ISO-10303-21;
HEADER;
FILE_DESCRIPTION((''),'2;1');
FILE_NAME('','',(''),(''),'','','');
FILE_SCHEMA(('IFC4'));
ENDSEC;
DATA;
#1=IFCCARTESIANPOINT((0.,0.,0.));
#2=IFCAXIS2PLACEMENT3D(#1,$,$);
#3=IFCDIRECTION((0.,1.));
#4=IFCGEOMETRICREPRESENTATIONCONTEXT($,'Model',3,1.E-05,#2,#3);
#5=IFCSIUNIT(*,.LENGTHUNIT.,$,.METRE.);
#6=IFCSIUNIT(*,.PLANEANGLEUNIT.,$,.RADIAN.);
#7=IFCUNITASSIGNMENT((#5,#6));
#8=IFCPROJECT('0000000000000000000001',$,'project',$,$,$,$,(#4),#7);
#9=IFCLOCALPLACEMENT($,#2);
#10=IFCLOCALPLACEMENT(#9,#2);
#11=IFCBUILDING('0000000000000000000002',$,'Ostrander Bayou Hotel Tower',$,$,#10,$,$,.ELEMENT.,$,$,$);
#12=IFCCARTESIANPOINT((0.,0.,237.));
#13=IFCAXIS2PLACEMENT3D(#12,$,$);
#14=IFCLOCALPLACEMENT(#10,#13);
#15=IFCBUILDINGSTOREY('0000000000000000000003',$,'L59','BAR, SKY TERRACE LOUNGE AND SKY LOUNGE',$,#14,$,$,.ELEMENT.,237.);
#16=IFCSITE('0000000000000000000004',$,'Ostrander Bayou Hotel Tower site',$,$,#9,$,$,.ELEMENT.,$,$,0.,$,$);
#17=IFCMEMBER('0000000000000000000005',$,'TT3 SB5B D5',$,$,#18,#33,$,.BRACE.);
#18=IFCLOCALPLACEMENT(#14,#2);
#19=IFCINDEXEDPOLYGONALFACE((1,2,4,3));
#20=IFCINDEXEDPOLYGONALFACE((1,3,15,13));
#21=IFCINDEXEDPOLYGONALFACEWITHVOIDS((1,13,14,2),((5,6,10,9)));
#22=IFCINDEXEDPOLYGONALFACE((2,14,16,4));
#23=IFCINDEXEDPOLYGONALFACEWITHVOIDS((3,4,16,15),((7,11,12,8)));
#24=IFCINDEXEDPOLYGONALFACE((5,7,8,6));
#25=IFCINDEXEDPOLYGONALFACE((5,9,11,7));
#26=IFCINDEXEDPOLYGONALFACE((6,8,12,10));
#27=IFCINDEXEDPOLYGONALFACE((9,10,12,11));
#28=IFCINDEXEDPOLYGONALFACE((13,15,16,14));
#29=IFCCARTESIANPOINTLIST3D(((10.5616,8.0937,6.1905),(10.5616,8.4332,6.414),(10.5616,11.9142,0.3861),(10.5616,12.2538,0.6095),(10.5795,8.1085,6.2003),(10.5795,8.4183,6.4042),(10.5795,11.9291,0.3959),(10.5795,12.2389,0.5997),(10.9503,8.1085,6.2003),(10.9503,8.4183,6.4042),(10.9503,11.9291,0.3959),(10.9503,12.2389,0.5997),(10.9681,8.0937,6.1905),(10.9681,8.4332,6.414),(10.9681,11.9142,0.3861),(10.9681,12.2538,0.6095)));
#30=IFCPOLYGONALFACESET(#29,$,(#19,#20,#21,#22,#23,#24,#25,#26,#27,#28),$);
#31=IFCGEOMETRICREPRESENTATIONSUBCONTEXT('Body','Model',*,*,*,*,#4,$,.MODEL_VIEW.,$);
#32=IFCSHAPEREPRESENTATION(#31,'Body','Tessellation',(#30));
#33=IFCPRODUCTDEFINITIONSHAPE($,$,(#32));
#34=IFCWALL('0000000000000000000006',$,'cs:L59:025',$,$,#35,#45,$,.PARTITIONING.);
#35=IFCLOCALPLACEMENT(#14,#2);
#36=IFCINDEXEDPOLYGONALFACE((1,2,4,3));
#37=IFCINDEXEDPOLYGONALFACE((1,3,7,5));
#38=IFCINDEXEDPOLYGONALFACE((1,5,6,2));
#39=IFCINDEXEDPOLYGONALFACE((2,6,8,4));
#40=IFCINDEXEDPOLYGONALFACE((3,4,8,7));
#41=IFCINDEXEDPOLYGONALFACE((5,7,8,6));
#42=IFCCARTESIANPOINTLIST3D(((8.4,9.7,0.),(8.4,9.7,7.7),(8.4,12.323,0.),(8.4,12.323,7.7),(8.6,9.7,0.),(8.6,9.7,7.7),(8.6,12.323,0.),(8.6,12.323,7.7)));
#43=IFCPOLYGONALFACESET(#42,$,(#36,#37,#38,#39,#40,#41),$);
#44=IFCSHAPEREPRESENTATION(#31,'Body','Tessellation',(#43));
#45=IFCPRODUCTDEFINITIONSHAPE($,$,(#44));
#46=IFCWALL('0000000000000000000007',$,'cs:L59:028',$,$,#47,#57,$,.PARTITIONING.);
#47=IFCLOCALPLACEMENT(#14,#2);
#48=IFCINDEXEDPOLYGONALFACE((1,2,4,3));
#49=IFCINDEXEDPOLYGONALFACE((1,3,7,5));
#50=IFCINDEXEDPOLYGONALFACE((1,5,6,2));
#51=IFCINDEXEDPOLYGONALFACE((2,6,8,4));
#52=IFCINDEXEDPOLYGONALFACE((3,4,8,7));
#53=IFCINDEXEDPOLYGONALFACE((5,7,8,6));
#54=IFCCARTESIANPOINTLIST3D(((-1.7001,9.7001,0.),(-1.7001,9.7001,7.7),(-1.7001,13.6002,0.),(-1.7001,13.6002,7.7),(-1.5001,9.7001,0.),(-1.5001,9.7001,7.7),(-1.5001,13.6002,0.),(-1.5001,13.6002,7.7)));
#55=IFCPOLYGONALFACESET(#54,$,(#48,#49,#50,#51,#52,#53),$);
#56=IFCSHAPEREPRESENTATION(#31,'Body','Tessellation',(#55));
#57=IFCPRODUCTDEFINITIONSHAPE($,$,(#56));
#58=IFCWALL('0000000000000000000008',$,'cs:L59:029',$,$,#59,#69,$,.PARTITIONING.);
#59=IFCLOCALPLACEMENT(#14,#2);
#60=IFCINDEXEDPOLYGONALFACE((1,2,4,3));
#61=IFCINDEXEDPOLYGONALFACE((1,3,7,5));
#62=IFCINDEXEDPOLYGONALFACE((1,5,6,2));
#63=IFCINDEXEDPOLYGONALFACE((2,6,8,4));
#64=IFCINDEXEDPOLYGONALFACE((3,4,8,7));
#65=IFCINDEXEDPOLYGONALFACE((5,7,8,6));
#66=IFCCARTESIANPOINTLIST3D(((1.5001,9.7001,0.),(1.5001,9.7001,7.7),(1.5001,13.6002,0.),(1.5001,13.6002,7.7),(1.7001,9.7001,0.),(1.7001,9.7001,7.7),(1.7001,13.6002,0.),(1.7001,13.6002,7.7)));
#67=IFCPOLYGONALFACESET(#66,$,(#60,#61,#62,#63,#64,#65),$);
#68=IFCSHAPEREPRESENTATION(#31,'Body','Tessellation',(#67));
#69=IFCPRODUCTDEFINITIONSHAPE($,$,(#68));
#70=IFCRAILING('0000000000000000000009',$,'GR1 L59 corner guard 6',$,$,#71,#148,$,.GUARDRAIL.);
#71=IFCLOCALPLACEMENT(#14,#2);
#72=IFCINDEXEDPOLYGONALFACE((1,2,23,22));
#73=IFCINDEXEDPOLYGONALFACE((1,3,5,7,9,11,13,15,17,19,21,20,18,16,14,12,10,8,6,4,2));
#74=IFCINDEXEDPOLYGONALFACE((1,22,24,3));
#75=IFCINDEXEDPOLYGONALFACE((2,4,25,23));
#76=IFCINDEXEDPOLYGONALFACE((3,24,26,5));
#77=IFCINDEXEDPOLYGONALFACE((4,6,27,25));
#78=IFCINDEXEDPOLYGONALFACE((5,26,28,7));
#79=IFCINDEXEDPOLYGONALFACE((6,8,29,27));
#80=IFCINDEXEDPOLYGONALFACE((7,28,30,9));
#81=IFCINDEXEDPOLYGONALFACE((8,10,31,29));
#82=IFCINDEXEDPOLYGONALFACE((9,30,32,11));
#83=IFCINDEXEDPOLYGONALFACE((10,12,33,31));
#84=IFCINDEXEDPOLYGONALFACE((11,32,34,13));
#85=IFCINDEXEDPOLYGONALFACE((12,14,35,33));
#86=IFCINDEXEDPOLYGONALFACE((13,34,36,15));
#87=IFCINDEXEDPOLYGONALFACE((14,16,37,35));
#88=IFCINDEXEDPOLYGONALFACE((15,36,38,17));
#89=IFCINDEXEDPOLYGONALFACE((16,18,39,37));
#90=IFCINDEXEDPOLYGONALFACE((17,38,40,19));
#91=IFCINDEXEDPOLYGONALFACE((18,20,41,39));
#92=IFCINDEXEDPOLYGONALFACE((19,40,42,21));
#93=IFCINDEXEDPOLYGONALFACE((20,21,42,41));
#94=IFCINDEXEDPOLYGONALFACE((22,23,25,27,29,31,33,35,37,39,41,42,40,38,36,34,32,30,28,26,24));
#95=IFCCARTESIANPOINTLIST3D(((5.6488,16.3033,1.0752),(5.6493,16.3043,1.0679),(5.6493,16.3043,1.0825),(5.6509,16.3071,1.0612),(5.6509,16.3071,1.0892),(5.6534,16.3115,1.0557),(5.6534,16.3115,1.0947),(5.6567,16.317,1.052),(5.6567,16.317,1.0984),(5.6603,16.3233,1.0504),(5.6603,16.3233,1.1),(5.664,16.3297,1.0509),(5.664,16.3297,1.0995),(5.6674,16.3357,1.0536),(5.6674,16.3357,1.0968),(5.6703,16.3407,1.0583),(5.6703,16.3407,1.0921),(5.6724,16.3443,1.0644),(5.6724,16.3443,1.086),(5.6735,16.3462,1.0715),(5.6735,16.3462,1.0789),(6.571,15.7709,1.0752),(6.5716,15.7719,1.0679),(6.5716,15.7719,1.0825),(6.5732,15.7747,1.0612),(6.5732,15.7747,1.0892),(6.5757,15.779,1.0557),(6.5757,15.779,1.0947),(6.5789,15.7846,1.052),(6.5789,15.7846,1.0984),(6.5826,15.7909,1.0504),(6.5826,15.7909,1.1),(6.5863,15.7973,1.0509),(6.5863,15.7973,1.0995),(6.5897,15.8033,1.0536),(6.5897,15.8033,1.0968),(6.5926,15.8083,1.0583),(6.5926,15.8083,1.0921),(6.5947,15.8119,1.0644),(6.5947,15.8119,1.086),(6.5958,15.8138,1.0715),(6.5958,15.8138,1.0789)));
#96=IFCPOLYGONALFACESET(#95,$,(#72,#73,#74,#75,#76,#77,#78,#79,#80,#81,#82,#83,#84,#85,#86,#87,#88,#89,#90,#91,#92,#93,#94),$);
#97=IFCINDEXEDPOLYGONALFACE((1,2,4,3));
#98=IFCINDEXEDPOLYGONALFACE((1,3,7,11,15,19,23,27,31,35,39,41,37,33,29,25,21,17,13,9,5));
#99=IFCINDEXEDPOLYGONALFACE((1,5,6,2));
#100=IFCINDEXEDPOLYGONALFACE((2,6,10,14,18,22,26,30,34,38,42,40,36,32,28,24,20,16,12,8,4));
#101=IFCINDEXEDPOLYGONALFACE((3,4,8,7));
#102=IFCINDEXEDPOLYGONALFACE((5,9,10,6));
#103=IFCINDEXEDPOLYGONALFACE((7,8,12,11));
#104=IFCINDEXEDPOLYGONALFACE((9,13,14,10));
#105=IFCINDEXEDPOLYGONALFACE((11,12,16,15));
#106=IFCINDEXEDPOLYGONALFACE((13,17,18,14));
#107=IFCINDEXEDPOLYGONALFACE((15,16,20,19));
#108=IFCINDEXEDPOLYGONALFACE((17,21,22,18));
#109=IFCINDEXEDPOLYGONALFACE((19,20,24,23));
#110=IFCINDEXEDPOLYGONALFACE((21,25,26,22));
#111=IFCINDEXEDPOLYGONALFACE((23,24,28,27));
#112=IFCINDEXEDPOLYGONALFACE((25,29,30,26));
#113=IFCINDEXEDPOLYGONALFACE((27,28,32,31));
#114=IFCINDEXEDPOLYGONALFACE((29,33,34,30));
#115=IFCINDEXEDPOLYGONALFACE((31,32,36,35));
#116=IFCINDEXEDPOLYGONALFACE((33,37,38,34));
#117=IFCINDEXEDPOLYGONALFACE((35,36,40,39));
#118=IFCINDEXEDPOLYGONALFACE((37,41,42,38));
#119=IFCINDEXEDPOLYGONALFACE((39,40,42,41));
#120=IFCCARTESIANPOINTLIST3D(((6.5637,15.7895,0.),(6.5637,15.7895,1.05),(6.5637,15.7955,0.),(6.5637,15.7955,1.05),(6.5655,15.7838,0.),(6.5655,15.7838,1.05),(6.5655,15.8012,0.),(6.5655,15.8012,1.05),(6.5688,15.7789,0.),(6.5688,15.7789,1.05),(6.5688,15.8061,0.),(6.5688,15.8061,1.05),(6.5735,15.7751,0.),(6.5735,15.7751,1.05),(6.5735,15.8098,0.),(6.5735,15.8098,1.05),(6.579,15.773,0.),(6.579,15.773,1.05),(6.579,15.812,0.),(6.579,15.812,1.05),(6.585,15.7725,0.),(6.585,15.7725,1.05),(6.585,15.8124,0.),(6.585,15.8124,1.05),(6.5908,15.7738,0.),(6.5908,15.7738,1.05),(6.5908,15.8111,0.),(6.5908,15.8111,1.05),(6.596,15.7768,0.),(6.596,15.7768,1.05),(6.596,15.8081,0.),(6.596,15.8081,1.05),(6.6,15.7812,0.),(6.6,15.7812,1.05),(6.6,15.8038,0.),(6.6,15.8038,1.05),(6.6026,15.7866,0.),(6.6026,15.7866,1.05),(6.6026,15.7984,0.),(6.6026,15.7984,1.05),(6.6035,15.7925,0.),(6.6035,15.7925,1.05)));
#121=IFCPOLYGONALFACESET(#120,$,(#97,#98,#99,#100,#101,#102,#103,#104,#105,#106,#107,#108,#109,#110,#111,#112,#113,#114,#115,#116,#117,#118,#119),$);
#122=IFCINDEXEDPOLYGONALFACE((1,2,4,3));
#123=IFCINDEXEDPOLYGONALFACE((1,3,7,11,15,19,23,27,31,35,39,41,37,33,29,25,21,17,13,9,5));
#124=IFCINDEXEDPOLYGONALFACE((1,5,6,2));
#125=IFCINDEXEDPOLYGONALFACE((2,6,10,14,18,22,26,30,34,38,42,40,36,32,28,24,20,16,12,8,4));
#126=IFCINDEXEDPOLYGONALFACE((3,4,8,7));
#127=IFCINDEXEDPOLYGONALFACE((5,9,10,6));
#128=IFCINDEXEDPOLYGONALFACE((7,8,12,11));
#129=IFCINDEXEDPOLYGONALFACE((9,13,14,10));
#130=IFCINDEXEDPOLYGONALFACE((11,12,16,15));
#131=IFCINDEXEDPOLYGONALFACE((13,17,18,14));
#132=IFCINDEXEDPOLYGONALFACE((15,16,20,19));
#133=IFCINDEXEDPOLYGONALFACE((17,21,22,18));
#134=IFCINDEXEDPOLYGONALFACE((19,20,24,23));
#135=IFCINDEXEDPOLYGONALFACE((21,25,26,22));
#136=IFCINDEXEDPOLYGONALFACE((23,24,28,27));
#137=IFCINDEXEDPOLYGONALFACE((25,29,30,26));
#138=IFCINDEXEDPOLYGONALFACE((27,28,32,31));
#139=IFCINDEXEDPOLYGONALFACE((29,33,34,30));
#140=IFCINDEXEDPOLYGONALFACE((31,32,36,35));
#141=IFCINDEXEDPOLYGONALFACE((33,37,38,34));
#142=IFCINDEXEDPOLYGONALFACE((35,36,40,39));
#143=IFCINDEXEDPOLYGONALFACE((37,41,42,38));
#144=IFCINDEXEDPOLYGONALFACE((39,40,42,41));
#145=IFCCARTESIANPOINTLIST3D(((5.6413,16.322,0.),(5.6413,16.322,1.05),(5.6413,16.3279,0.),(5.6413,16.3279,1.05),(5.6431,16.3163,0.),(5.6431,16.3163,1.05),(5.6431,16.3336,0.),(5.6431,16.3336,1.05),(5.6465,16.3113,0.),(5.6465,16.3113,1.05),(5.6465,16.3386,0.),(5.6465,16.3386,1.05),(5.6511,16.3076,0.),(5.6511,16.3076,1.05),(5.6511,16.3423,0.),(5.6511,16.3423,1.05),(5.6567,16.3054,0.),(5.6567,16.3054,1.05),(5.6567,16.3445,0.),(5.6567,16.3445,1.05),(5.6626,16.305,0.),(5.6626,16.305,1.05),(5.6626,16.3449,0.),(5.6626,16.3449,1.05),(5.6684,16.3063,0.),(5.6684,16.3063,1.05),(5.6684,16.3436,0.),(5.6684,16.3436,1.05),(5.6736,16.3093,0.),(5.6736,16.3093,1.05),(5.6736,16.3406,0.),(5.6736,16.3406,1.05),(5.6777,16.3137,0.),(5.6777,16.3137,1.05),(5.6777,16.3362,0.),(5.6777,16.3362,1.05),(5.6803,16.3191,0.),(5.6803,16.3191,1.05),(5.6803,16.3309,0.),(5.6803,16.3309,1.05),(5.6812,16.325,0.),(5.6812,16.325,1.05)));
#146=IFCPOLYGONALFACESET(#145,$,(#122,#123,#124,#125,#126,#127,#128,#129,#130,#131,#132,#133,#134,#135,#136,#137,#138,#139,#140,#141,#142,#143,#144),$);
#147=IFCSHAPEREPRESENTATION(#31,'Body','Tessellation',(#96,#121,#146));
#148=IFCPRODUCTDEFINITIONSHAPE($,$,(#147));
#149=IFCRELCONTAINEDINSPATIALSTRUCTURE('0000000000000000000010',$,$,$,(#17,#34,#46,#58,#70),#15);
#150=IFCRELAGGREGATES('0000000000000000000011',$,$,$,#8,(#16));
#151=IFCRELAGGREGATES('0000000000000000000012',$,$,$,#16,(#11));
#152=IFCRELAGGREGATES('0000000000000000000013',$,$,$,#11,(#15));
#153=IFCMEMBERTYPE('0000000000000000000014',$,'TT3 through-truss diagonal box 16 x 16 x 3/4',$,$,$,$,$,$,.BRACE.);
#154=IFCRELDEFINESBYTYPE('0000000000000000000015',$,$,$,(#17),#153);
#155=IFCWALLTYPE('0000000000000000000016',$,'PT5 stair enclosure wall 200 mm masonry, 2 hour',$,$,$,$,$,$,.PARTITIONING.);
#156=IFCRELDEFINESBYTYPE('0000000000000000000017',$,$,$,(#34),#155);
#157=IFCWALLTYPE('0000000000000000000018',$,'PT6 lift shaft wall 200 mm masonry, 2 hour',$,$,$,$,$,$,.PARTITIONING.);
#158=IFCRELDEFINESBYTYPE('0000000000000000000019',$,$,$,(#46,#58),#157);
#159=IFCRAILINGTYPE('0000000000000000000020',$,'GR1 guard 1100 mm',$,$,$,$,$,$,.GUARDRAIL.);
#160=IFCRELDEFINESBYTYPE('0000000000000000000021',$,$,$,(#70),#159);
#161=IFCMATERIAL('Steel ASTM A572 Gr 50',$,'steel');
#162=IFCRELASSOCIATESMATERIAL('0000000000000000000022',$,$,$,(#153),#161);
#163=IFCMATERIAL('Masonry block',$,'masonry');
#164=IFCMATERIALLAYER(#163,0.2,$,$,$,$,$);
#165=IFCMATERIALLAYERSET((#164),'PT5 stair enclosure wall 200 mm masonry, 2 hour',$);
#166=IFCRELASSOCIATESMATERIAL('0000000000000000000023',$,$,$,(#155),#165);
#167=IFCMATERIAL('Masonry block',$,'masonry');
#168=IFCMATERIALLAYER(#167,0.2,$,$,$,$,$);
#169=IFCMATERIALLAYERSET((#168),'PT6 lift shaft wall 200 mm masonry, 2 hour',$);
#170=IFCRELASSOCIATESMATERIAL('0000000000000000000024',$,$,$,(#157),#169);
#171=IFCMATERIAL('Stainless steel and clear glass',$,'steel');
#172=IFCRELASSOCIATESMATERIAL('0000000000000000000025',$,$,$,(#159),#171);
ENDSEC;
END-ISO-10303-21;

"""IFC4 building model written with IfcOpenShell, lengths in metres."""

from ifc_helpers import new_model, si_unit, direction, frame, frame_2d, origin, origin_2d, place, context, subcontext, project, spatial, rectangle, hollow_rectangle, circle, extrude, material, layer, layer_set, material_profile, profile_set, type_object, element, save


model = new_model("IFC4")

# Units and contexts
model_context = context("Model", 3, precision=1e-05, world=origin(), true_north=direction((0.0, 1.0)))
body_context = subcontext(model_context, "Body", "Model", "MODEL_VIEW")
ifc_project = project(units=[si_unit("LENGTHUNIT", "METRE"), si_unit("PLANEANGLEUNIT", "RADIAN")], contexts=[model_context])

# Site, building, storey
site_placement = place(None, origin())
site = spatial("IfcSite", under=ifc_project, at=site_placement, Name="Ostrander Bayou Hotel Tower site", CompositionType="ELEMENT", RefElevation=0.0)
building_placement = place(site_placement, origin())
building = spatial("IfcBuilding", under=site, at=building_placement, Name="Ostrander Bayou Hotel Tower", CompositionType="ELEMENT")
storey_placement = place(building_placement, frame((0.0, 0.0, 237.0)))
storey = spatial("IfcBuildingStorey", under=building, at=storey_placement, Name="L59", Description="BAR, SKY TERRACE LOUNGE AND SKY LOUNGE", CompositionType="ELEMENT", Elevation=237.0)

# Member
ifc_material_1 = material(Name="Steel ASTM A572 Gr 50", Category="steel")
ifc_material_profile_1 = material_profile(ifc_material_1, hollow_rectangle(XDim=0.4065, YDim=0.4065, WallThickness=0.0178, at=origin_2d()))
ifc_profile_set_1 = profile_set([ifc_material_profile_1], Name="Steel ASTM A572 Gr 50")
member_type_1 = type_object("IfcMemberType", Name="TT3 through-truss diagonal box 16 x 16 x 3/4", PredefinedType="BRACE", material=ifc_profile_set_1)
member_1_placement = place(storey_placement, frame((10.7649, 12.084, 0.4978), z_axis=(0.0, -0.549802, 0.835295), x_axis=(1.0, 0.0, 0.0)))
element("IfcMember", 1, at=member_1_placement, inside=storey, type_object=member_type_1, Name="TT3 SB5B D5", PredefinedType="BRACE", context=body_context, shape_type="SweptSolid", body=[
    extrude(hollow_rectangle(XDim=0.4065, YDim=0.4065, WallThickness=0.0178, at=origin_2d()), origin(), (0.0, 0.0, 1.0), 6.949),
])

# Wall
ifc_material_2 = material(Name="Masonry block", Category="masonry")
ifc_layer_1 = layer(ifc_material_2, 0.2)
ifc_layer_set_1 = layer_set([ifc_layer_1], Name="PT5 stair enclosure wall 200 mm masonry, 2 hour")
wall_type_1 = type_object("IfcWallType", Name="PT5 stair enclosure wall 200 mm masonry, 2 hour", PredefinedType="PARTITIONING", material=ifc_layer_set_1)
wall_1_placement = place(storey_placement, frame((8.5, 9.7, 0.0), z_axis=(0.0, 0.0, 1.0), x_axis=(0.0, 1.0, 0.0)))
element("IfcWall", 2, at=wall_1_placement, inside=storey, type_object=wall_type_1, Name="cs:L59:025", PredefinedType="PARTITIONING", context=body_context, shape_type="SweptSolid", body=[
    extrude(rectangle(XDim=2.623, YDim=0.2, at=frame_2d((1.3115, 0.0))), origin(), (0.0, 0.0, 1.0), 7.7),
])

# Walls
ifc_material_3 = material(Name="Masonry block", Category="masonry")
ifc_layer_2 = layer(ifc_material_3, 0.2)
ifc_layer_set_2 = layer_set([ifc_layer_2], Name="PT6 lift shaft wall 200 mm masonry, 2 hour")
wall_type_2 = type_object("IfcWallType", Name="PT6 lift shaft wall 200 mm masonry, 2 hour", PredefinedType="PARTITIONING", material=ifc_layer_set_2)
for number, where, z_axis, x_axis, name in (
    (3, (-1.6001, 9.7, 0.0), (0.0, 0.0, 1.0), (0.0, 1.0, 0.0), "cs:L59:028"),
    (4, (1.6001, 9.7, 0.0), (0.0, 0.0, 1.0), (0.0, 1.0, 0.0), "cs:L59:029"),
):
    element("IfcWall", number, at=place(storey_placement, frame(where, z_axis=z_axis, x_axis=x_axis)), inside=storey, type_object=wall_type_2, Name=name, PredefinedType="PARTITIONING", context=body_context, shape_type="SweptSolid", body=[
        extrude(rectangle(XDim=3.9001, YDim=0.2, at=frame_2d((1.9502, 0.0))), origin(), (0.0, 0.0, 1.0), 7.7),
    ])

# Railing
ifc_material_4 = material(Name="Stainless steel and clear glass", Category="steel")
railing_type = type_object("IfcRailingType", Name="GR1 guard 1100 mm", PredefinedType="GUARDRAIL", material=ifc_material_4)
railing_1_placement = place(storey_placement, frame((6.5835, 15.7925, 0.0)))
element("IfcRailing", 5, at=railing_1_placement, inside=storey, type_object=railing_type, Name="GR1 L59 corner guard 6", PredefinedType="GUARDRAIL", context=body_context, shape_type="SweptSolid", body=[
    extrude(circle(Radius=0.0249, at=origin_2d()), frame((0.0, 0.0, 1.0752), z_axis=(-0.866048, 0.499961, 0.0), x_axis=(-0.499961, -0.866048, 0.0)), (0.0, 0.0, 1.0), 1.0649),
    extrude(circle(Radius=0.02, at=origin_2d()), origin(), (0.0, 0.0, 1.0), 1.05),
    extrude(circle(Radius=0.02, at=origin_2d()), frame((-0.9224, 0.5325, 0.0)), (0.0, 0.0, 1.0), 1.05),
])

save(model, "model.ifc")
